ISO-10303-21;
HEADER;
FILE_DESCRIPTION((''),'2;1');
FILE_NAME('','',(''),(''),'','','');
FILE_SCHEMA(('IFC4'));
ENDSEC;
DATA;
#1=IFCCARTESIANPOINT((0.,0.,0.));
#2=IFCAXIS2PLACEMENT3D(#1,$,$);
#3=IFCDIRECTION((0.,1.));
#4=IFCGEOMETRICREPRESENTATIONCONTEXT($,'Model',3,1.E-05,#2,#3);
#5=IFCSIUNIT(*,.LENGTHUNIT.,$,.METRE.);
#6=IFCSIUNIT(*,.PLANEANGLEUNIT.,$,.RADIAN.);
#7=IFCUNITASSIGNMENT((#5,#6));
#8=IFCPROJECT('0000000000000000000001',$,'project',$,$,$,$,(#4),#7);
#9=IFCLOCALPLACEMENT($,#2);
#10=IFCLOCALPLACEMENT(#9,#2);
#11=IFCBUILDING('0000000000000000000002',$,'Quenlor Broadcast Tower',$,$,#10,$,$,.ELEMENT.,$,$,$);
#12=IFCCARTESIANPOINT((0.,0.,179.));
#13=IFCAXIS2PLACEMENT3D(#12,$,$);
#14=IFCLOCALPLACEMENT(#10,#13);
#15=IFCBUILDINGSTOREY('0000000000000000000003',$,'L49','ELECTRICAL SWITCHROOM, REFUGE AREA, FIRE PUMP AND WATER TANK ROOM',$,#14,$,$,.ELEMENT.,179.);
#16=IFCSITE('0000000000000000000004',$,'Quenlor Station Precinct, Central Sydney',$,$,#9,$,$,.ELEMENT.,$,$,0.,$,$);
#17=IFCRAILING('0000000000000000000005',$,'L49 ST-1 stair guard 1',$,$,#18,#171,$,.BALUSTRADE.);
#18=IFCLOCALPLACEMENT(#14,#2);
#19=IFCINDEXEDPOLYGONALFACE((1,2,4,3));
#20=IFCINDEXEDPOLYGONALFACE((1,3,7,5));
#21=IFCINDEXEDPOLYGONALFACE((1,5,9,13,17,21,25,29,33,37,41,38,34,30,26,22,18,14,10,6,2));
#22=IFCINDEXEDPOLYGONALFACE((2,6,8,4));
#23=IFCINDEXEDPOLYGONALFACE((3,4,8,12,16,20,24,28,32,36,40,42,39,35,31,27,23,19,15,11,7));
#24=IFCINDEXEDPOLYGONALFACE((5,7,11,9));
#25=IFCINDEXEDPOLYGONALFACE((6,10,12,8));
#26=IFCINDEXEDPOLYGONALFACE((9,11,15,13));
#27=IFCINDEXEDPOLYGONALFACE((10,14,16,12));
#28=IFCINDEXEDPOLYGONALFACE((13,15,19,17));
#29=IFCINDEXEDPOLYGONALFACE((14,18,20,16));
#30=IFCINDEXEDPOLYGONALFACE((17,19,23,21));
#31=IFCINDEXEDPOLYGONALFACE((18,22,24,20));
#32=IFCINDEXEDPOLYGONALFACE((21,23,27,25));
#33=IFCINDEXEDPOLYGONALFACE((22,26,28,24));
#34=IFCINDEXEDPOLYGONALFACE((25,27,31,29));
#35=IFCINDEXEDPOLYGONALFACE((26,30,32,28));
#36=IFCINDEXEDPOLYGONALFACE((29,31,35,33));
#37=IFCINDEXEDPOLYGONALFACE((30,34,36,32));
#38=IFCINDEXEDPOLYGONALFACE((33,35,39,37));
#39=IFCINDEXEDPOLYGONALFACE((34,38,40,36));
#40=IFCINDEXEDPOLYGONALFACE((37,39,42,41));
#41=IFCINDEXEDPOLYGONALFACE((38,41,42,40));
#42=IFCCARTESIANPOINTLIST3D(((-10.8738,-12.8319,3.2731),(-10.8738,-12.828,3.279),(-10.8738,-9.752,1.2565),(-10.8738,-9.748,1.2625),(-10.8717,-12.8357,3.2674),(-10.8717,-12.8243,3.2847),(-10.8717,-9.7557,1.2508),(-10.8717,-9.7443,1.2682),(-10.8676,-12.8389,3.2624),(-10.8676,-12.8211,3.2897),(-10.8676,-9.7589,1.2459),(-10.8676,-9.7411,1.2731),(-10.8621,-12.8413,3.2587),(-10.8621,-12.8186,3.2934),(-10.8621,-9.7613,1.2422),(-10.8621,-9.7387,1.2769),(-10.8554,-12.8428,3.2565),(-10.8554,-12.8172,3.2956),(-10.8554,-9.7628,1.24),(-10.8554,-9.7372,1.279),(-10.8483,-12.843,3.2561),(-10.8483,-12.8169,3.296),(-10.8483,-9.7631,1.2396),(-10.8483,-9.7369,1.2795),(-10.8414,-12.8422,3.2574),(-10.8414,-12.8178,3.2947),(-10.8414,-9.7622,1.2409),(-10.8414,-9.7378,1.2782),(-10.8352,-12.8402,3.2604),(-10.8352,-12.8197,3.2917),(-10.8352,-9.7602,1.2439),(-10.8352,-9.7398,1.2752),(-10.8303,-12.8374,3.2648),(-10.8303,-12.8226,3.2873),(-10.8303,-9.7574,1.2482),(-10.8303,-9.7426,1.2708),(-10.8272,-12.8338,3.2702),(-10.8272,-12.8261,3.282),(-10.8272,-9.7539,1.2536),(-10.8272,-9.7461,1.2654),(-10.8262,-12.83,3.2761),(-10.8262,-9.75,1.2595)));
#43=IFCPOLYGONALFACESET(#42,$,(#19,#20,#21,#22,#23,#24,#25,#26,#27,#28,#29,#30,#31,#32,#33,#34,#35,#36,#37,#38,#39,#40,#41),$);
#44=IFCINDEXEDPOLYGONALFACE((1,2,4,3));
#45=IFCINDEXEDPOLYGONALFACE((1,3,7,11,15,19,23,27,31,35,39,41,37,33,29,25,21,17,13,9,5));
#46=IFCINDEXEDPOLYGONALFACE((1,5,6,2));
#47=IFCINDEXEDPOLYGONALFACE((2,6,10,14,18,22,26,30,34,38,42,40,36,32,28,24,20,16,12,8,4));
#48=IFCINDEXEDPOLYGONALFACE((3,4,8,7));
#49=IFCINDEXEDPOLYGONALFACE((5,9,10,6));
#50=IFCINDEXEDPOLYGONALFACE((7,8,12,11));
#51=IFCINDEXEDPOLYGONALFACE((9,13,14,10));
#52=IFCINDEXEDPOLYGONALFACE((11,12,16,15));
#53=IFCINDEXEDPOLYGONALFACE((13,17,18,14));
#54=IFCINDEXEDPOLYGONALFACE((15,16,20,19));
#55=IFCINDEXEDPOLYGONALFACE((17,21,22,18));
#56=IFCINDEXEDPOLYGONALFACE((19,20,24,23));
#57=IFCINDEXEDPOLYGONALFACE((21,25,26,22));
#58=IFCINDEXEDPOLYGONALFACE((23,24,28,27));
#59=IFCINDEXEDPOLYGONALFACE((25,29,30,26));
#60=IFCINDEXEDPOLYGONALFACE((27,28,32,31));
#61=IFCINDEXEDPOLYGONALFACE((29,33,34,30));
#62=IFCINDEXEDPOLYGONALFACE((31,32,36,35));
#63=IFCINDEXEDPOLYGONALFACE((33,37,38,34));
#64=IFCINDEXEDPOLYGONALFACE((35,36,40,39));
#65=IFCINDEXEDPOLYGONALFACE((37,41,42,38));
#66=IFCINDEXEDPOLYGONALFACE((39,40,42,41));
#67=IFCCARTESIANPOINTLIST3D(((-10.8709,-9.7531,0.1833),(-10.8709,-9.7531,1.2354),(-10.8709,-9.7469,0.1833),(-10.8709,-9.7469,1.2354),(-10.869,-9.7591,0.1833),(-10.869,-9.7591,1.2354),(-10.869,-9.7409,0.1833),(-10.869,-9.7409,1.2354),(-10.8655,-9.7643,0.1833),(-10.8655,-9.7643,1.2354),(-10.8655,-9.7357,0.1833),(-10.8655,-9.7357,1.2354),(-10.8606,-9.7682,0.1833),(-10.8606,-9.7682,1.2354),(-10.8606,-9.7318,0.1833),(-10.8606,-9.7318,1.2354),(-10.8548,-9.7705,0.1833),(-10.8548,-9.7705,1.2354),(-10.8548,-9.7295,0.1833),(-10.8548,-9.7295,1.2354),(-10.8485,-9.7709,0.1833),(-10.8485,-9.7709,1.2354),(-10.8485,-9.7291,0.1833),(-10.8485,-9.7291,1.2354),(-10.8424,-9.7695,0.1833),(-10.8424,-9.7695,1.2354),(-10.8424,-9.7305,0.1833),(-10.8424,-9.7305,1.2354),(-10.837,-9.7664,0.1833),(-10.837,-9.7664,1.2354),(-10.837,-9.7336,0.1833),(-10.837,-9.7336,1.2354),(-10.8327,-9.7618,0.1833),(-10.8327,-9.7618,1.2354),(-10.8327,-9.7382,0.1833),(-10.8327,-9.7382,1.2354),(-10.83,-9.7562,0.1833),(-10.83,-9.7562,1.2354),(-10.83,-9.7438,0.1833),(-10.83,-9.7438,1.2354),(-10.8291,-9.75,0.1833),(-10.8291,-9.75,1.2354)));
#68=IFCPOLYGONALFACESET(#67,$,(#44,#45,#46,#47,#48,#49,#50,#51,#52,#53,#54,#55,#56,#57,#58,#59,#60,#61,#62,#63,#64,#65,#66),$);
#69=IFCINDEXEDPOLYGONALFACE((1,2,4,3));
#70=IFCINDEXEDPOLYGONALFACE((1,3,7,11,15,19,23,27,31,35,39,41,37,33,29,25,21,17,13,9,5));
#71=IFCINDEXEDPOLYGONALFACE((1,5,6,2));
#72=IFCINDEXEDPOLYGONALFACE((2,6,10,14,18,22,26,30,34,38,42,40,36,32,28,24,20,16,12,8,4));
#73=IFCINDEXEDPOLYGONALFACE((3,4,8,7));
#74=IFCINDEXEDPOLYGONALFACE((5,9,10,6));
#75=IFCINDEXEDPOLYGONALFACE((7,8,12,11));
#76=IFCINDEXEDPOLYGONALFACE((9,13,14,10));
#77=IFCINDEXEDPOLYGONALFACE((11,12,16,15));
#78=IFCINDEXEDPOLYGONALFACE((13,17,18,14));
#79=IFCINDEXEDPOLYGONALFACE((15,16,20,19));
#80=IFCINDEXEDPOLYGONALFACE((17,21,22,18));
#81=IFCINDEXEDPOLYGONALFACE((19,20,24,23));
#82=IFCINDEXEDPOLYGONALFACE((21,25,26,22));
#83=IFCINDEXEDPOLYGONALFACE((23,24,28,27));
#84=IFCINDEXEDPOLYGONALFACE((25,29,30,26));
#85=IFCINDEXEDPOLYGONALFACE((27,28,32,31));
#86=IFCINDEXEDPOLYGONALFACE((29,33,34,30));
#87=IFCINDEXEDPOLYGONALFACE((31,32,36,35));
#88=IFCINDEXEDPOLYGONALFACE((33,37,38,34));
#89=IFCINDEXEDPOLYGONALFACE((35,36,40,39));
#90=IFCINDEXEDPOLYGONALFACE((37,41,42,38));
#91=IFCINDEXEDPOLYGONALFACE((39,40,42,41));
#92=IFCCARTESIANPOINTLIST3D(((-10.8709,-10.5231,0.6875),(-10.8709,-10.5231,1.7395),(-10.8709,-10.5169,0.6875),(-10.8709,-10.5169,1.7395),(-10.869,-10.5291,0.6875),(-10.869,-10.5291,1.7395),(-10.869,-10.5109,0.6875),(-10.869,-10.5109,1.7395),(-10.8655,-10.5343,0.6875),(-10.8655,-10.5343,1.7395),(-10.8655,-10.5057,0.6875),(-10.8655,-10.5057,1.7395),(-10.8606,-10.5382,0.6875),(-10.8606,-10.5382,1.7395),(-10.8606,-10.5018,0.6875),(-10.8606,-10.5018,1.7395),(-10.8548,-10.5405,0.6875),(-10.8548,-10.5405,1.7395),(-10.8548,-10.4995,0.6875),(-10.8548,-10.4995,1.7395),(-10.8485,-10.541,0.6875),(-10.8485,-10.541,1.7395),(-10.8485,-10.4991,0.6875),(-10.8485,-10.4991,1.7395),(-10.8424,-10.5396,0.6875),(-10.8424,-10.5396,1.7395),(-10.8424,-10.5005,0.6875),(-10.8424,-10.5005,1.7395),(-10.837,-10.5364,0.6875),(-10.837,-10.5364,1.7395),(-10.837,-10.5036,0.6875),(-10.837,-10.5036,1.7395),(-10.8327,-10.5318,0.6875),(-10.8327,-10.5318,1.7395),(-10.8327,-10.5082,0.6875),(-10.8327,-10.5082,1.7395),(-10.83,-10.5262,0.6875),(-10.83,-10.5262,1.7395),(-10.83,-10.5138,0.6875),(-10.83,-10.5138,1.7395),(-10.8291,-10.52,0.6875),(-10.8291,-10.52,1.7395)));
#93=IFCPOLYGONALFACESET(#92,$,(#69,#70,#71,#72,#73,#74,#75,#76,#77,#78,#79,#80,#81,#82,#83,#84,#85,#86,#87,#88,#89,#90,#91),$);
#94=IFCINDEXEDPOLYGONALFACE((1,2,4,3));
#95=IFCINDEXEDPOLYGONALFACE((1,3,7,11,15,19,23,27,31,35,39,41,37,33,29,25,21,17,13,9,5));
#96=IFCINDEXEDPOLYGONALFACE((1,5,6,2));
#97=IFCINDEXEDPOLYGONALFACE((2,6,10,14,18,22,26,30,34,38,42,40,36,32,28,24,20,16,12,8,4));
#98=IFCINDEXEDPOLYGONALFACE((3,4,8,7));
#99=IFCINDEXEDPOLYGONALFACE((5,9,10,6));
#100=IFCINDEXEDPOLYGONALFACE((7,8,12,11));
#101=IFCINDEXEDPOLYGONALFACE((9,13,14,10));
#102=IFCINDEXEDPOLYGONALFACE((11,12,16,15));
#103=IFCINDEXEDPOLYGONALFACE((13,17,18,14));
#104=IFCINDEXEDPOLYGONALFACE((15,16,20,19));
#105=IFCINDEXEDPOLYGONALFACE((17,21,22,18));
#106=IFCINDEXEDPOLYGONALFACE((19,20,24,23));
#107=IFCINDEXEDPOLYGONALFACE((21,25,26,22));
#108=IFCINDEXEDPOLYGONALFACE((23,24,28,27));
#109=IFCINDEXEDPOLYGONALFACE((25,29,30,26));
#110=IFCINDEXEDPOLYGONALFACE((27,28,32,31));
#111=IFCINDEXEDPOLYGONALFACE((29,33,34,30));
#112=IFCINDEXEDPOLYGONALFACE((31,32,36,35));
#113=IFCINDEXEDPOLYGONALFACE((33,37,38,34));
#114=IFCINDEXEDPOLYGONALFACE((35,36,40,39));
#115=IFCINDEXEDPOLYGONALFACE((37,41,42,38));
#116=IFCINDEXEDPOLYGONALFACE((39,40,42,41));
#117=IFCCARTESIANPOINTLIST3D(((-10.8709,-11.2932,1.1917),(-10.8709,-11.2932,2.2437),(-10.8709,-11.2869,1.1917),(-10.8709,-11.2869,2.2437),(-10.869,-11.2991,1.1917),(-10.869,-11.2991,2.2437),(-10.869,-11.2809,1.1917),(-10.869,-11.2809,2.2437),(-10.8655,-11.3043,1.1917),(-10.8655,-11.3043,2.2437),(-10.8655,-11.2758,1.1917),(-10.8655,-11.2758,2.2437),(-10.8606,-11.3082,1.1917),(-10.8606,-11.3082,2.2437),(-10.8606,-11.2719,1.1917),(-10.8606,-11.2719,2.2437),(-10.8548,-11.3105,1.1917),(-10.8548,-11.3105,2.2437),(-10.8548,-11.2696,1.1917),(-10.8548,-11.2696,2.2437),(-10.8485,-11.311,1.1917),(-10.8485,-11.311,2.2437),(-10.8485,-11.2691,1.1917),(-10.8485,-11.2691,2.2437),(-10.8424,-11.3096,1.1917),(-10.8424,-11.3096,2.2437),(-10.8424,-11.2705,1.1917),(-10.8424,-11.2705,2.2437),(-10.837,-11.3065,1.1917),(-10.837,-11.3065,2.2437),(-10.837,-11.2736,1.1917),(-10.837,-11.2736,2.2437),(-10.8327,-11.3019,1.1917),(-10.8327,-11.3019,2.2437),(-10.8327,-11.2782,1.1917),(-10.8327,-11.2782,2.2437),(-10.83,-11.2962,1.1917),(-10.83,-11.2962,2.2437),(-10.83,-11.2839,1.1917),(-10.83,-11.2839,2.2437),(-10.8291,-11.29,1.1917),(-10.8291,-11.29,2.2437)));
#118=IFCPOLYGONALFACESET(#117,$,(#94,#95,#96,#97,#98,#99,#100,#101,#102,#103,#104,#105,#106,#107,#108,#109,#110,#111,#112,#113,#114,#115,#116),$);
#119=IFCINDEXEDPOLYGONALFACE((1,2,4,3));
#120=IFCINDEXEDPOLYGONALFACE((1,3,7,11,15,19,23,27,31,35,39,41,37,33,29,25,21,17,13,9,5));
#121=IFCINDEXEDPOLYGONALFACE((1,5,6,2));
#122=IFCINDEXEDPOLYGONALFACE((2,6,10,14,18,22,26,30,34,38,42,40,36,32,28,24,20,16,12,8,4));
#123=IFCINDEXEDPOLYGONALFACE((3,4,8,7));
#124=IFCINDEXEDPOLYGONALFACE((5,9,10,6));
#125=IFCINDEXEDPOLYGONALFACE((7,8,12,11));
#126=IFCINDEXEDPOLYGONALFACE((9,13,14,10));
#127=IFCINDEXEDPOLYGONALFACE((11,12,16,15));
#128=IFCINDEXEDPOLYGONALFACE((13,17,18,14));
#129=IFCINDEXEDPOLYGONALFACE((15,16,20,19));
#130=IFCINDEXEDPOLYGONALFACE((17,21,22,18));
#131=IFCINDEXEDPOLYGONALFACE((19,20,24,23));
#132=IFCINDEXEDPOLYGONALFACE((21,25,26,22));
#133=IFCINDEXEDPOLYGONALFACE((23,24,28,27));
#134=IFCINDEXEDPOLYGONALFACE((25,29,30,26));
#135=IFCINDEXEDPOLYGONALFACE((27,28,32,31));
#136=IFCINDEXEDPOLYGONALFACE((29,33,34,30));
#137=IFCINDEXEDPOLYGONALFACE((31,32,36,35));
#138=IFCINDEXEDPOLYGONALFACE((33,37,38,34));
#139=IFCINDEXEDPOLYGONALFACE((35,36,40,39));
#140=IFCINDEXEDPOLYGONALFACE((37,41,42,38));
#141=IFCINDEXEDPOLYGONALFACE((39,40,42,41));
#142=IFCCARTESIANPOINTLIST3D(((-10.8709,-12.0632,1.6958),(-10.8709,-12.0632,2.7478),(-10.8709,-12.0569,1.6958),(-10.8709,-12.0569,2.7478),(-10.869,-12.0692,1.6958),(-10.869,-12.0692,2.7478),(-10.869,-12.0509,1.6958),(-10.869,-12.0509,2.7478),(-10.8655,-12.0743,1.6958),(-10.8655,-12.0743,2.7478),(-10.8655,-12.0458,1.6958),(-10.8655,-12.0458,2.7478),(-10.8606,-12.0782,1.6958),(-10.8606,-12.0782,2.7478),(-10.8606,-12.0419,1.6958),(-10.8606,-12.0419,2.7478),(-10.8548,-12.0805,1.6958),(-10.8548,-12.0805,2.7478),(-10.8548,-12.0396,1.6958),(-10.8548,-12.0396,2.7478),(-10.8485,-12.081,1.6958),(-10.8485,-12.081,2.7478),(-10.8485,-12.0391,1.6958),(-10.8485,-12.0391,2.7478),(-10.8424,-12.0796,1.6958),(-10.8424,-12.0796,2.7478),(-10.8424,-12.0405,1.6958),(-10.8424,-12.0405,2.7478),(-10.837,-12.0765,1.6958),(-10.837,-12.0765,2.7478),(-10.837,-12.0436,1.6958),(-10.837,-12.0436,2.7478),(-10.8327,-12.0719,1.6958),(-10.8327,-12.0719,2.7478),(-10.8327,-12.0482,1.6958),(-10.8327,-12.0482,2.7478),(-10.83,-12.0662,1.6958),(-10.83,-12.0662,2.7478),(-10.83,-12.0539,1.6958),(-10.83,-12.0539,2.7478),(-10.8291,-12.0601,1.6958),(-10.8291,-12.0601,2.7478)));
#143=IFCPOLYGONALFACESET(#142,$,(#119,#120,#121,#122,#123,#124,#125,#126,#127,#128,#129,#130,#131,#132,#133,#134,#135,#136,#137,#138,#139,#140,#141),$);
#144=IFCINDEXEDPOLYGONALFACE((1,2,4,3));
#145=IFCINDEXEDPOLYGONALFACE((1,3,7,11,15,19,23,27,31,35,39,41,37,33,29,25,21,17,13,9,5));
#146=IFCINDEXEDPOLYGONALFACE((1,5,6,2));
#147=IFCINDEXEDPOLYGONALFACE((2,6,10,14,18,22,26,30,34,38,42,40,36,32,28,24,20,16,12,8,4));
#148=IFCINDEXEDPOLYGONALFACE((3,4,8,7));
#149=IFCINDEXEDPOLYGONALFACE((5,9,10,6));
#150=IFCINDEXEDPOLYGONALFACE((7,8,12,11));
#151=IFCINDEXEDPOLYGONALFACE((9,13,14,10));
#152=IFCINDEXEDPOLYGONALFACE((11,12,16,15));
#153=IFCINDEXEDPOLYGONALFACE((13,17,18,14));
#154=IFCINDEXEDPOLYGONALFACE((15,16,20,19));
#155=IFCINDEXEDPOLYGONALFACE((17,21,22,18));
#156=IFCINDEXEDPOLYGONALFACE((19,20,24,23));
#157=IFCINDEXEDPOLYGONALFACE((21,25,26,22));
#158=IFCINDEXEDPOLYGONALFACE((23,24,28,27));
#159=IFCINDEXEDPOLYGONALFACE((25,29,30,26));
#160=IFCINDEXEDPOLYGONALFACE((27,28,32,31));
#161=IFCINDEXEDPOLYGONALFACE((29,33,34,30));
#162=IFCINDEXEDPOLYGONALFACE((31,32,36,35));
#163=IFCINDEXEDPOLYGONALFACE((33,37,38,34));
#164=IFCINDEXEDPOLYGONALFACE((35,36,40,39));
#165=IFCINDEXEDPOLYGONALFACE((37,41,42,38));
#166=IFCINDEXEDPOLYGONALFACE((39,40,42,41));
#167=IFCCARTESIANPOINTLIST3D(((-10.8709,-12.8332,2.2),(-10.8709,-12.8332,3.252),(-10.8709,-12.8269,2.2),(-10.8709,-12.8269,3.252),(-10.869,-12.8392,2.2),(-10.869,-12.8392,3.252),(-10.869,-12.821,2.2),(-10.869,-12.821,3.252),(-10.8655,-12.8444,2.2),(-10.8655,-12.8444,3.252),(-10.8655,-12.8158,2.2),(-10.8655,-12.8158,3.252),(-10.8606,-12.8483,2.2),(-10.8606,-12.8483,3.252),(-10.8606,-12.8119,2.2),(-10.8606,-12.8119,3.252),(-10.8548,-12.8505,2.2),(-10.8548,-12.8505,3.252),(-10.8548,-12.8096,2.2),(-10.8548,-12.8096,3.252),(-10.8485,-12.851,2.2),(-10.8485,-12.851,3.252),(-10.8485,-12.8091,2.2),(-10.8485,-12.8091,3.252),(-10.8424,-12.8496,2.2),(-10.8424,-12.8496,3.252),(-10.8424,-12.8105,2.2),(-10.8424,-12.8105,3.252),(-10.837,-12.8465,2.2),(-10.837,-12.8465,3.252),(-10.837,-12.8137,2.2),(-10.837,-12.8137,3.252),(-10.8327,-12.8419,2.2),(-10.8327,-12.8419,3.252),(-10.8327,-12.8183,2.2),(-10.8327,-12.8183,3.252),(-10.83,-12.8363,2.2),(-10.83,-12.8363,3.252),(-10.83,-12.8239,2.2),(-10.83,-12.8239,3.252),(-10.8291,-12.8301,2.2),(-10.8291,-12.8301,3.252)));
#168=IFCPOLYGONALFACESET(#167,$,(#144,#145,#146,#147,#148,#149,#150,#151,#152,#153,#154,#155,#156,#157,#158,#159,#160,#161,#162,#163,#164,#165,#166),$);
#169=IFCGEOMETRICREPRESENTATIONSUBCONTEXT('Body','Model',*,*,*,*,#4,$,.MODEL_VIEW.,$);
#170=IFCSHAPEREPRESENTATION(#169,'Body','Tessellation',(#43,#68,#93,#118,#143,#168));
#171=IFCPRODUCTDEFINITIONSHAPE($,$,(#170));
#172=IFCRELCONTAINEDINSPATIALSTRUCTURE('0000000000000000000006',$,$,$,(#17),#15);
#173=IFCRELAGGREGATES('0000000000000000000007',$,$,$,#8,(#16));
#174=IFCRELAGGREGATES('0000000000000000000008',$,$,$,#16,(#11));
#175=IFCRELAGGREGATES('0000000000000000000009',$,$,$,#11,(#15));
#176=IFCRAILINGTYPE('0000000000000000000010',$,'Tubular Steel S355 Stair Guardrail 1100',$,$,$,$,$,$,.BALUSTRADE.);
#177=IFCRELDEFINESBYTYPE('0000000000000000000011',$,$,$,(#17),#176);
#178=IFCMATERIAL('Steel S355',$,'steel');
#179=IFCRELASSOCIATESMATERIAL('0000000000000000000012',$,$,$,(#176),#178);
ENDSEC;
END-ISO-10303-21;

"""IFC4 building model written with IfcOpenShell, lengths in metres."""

from ifc_helpers import new_model, si_unit, direction, frame, origin, origin_2d, place, context, subcontext, project, spatial, circle, extrude, material, type_object, element, save


model = new_model("IFC4")

# Units and contexts
model_context = context("Model", 3, precision=1e-05, world=origin(), true_north=direction((0.0, 1.0)))
body_context = subcontext(model_context, "Body", "Model", "MODEL_VIEW")
ifc_project = project(units=[si_unit("LENGTHUNIT", "METRE"), si_unit("PLANEANGLEUNIT", "RADIAN")], contexts=[model_context])

# Site, building, storey
site_placement = place(None, origin())
site = spatial("IfcSite", under=ifc_project, at=site_placement, Name="Quenlor Station Precinct, Central Sydney", CompositionType="ELEMENT", RefElevation=0.0)
building_placement = place(site_placement, origin())
building = spatial("IfcBuilding", under=site, at=building_placement, Name="Quenlor Broadcast Tower", CompositionType="ELEMENT")
storey_placement = place(building_placement, frame((0.0, 0.0, 179.0)))
storey = spatial("IfcBuildingStorey", under=building, at=storey_placement, Name="L49", Description="ELECTRICAL SWITCHROOM, REFUGE AREA, FIRE PUMP AND WATER TANK ROOM", CompositionType="ELEMENT", Elevation=179.0)

# Railing
ifc_material_1 = material(Name="Steel S355", Category="steel")
railing_type_1 = type_object("IfcRailingType", Name="Tubular Steel S355 Stair Guardrail 1100", PredefinedType="BALUSTRADE", material=ifc_material_1)
railing_1_placement = place(storey_placement, frame((-10.8501, -9.75, 0.1833)))
element("IfcRailing", 1, at=railing_1_placement, inside=storey, type_object=railing_type_1, Name="L49 ST-1 stair guard 1", PredefinedType="BALUSTRADE", context=body_context, shape_type="SweptSolid", body=[
    extrude(circle(Radius=0.0239, at=origin_2d()), frame((0.0, 0.0, 1.0762), z_axis=(0.0, -0.836633, 0.547764), x_axis=(1.0, 0.0, 0.0)), (0.0, 0.0, 1.0), 3.6814),
    extrude(circle(Radius=0.021, at=origin_2d()), origin(), (0.0, 0.0, 1.0), 1.052),
    extrude(circle(Radius=0.021, at=origin_2d()), frame((0.0, -0.77, 0.5042)), (0.0, 0.0, 1.0), 1.052),
    extrude(circle(Radius=0.021, at=origin_2d()), frame((0.0, -1.54, 1.0083)), (0.0, 0.0, 1.0), 1.052),
    extrude(circle(Radius=0.021, at=origin_2d()), frame((0.0, -2.3101, 1.5125)), (0.0, 0.0, 1.0), 1.052),
    extrude(circle(Radius=0.021, at=origin_2d()), frame((0.0, -3.0801, 2.0166)), (0.0, 0.0, 1.0), 1.052),
])

save(model, "model.ifc")
